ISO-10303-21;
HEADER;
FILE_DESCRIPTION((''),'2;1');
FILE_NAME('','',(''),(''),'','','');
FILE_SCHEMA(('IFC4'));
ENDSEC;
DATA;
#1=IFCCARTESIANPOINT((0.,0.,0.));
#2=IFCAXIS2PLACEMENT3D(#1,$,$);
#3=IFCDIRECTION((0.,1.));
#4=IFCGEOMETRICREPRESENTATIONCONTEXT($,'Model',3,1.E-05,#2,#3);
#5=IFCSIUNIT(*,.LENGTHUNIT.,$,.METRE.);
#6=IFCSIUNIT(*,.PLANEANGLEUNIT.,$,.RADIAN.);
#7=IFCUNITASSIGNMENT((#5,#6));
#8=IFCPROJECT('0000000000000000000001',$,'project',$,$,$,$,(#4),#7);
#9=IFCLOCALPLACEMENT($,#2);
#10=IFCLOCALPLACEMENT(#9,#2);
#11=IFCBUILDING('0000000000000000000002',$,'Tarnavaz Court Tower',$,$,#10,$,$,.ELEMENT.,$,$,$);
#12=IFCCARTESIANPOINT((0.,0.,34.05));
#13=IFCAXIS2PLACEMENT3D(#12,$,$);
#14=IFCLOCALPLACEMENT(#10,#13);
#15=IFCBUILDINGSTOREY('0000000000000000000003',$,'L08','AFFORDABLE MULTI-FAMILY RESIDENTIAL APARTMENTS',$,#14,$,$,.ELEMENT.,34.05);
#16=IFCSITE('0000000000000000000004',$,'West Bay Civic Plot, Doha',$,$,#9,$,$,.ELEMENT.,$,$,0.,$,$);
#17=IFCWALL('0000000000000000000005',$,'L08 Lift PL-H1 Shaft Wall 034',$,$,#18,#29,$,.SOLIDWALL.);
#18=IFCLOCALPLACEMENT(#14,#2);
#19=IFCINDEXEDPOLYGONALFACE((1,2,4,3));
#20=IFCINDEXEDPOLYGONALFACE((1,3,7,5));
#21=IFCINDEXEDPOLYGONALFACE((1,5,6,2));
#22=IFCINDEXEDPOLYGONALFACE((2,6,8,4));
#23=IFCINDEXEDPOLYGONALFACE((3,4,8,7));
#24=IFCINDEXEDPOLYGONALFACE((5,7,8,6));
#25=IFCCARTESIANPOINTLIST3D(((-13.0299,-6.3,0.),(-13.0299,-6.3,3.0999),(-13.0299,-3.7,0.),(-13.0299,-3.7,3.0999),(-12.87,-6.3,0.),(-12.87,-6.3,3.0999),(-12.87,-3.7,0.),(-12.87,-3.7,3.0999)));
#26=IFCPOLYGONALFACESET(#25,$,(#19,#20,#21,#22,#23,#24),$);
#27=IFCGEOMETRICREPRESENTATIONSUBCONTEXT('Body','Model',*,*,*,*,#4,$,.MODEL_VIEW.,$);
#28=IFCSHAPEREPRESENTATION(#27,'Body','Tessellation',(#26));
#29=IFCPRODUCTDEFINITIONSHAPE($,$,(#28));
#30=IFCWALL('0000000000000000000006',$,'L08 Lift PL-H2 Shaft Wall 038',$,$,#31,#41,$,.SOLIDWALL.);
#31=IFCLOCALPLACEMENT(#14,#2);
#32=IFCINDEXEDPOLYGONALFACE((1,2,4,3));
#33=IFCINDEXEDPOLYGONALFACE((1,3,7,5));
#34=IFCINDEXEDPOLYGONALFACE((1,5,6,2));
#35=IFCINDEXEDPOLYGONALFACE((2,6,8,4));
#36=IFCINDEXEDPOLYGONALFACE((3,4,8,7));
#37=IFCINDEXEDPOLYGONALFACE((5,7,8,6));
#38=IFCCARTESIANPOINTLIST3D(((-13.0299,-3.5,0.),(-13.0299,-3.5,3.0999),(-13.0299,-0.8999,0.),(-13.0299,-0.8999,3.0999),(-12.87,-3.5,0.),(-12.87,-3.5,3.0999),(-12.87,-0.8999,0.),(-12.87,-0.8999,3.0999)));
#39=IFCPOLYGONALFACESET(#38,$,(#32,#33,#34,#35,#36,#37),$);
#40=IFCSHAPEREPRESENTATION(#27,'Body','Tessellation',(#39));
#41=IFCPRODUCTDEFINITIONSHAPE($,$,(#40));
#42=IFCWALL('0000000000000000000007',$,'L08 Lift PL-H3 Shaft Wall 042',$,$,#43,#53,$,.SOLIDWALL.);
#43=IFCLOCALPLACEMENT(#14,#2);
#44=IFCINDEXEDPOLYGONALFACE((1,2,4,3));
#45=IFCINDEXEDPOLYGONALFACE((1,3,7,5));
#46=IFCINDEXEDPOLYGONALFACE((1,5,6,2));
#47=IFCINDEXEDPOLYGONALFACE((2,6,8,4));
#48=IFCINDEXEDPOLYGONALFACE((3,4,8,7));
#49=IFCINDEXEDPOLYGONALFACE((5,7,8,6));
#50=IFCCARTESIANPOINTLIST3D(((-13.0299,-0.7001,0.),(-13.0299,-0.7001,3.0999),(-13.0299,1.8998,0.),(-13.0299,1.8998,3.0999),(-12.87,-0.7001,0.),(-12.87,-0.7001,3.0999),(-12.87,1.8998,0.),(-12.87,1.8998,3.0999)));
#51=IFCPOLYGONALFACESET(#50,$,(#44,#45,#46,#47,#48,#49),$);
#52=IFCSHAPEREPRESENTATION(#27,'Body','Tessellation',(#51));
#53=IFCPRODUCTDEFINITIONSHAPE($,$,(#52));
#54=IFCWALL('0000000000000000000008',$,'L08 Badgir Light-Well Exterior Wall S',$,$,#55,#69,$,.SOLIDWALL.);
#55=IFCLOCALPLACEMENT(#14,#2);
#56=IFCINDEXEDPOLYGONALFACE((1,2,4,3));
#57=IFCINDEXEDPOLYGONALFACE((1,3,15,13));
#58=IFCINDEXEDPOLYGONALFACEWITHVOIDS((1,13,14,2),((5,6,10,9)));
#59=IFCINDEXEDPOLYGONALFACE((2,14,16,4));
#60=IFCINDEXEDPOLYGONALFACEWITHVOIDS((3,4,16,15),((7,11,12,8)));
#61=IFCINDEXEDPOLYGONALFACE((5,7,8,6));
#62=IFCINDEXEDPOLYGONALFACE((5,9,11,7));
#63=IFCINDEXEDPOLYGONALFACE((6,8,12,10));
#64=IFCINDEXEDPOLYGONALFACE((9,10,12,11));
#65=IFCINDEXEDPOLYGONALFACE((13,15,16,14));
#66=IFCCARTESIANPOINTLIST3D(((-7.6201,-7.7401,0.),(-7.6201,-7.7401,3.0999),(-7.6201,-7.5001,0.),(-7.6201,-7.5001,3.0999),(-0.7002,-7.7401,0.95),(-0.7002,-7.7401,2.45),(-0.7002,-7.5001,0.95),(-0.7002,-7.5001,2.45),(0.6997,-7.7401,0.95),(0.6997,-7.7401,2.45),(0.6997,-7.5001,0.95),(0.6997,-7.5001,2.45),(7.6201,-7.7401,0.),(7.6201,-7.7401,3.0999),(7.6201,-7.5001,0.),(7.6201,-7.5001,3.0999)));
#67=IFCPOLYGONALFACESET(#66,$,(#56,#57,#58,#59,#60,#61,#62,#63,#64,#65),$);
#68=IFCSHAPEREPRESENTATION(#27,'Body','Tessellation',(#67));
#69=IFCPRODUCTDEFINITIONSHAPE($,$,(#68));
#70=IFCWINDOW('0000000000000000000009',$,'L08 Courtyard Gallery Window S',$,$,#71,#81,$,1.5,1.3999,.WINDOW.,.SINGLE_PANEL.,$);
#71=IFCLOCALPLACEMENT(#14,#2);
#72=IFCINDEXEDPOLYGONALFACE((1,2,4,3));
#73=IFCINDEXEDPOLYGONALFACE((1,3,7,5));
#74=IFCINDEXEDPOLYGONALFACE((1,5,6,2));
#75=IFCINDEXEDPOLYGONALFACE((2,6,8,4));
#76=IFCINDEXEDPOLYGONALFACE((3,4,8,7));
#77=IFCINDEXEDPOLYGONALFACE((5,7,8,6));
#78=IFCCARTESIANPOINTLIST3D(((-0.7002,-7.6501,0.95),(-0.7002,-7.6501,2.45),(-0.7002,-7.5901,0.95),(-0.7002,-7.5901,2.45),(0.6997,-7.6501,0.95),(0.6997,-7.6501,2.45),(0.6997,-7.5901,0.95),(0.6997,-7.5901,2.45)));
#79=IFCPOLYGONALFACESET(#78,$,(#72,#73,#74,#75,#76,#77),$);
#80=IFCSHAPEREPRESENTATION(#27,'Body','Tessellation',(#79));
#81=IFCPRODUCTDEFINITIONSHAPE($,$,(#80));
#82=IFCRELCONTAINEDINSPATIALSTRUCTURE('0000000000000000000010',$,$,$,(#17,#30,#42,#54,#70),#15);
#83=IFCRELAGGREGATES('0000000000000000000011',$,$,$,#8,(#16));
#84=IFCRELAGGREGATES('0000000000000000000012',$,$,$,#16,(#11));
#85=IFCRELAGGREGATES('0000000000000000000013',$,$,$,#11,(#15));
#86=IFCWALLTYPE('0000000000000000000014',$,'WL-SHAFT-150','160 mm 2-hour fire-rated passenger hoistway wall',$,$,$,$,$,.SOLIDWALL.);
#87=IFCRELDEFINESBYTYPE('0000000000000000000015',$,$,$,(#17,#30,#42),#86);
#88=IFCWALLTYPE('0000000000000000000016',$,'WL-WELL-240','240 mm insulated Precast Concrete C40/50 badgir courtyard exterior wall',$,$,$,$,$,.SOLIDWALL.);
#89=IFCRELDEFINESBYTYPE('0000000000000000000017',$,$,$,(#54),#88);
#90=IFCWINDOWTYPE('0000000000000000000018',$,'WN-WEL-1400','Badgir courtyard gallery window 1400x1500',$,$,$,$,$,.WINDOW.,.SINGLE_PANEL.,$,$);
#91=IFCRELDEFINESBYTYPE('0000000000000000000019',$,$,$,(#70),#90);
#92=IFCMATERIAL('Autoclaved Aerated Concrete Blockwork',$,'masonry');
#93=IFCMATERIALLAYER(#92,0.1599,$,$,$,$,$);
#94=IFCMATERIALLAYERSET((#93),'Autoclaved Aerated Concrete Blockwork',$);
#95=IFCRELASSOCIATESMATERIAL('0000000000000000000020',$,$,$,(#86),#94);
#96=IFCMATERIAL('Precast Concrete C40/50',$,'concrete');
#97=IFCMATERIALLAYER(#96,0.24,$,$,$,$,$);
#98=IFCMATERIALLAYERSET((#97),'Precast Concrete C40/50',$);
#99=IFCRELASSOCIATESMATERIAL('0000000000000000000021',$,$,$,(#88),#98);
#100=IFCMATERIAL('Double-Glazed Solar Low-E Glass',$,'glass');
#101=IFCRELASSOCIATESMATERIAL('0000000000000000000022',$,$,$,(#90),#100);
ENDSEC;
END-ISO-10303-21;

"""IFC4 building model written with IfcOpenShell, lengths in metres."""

from ifc_helpers import new_model, si_unit, direction, frame, frame_2d, origin, place, context, subcontext, project, spatial, rectangle, extrude, material, layer, layer_set, type_object, element, fill, save


model = new_model("IFC4")

# Units and contexts
model_context = context("Model", 3, precision=1e-05, world=origin(), true_north=direction((0.0, 1.0)))
body_context = subcontext(model_context, "Body", "Model", "MODEL_VIEW")
ifc_project = project(units=[si_unit("LENGTHUNIT", "METRE"), si_unit("PLANEANGLEUNIT", "RADIAN")], contexts=[model_context])

# Site, building, storey
site_placement = place(None, origin())
site = spatial("IfcSite", under=ifc_project, at=site_placement, Name="West Bay Civic Plot, Doha", CompositionType="ELEMENT", RefElevation=0.0)
building_placement = place(site_placement, origin())
building = spatial("IfcBuilding", under=site, at=building_placement, Name="Tarnavaz Court Tower", CompositionType="ELEMENT")
storey_placement = place(building_placement, frame((0.0, 0.0, 34.05)))
storey = spatial("IfcBuildingStorey", under=building, at=storey_placement, Name="L08", Description="AFFORDABLE MULTI-FAMILY RESIDENTIAL APARTMENTS", CompositionType="ELEMENT", Elevation=34.05)

# Shared definitions
ifc_material_1 = material(Name="Autoclaved Aerated Concrete Blockwork", Category="masonry")
ifc_layer_1 = layer(ifc_material_1, 0.1599)
ifc_layer_set_1 = layer_set([ifc_layer_1], Name="Autoclaved Aerated Concrete Blockwork")
wall_type_1 = type_object("IfcWallType", Name="WL-SHAFT-150", Description="160 mm 2-hour fire-rated passenger hoistway wall", PredefinedType="SOLIDWALL", material=ifc_layer_set_1)

# Walls
for number, where, z_axis, x_axis, name in (
    (1, (-12.95, -6.3, 0.0), (0.0, 0.0, 1.0), (0.0, 1.0, 0.0), "L08 Lift PL-H1 Shaft Wall 034"),
    (2, (-12.95, -3.5, 0.0), (0.0, 0.0, 1.0), (0.0, 1.0, 0.0), "L08 Lift PL-H2 Shaft Wall 038"),
):
    element("IfcWall", number, at=place(storey_placement, frame(where, z_axis=z_axis, x_axis=x_axis)), inside=storey, type_object=wall_type_1, Name=name, PredefinedType="SOLIDWALL", context=body_context, shape_type="SweptSolid", body=[
        extrude(rectangle(XDim=2.6001, YDim=0.1599, at=frame_2d((1.3, 0.0))), origin(), (0.0, 0.0, 1.0), 3.0999),
    ])
wall_1_placement = place(storey_placement, frame((-12.95, -0.7, 0.0), z_axis=(0.0, 0.0, 1.0), x_axis=(0.0, 1.0, 0.0)))
element("IfcWall", 3, at=wall_1_placement, inside=storey, type_object=wall_type_1, Name="L08 Lift PL-H3 Shaft Wall 042", PredefinedType="SOLIDWALL", context=body_context, shape_type="SweptSolid", body=[
    extrude(rectangle(XDim=2.5999, YDim=0.1599, at=frame_2d((1.2998, 0.0))), origin(), (0.0, 0.0, 1.0), 3.0999),
])

# Wall, opening, window
ifc_material_2 = material(Name="Precast Concrete C40/50", Category="concrete")
ifc_layer_2 = layer(ifc_material_2, 0.24)
ifc_layer_set_2 = layer_set([ifc_layer_2], Name="Precast Concrete C40/50")
wall_type_2 = type_object("IfcWallType", Name="WL-WELL-240", Description="240 mm insulated Precast Concrete C40/50 badgir courtyard exterior wall", PredefinedType="SOLIDWALL", material=ifc_layer_set_2)
wall_2_placement = place(storey_placement, frame((-7.6201, -7.6201, 0.0), z_axis=(0.0, 0.0, 1.0), x_axis=(1.0, 0.0, 0.0)))
wall_2 = element("IfcWall", 4, at=wall_2_placement, inside=storey, type_object=wall_type_2, Name="L08 Badgir Light-Well Exterior Wall S", PredefinedType="SOLIDWALL", context=body_context, shape_type="SweptSolid", body=[
    extrude(rectangle(XDim=15.2402, YDim=0.24, at=frame_2d((7.6201, 0.0))), origin(), (0.0, 0.0, 1.0), 3.0999),
])
opening_1_placement = place(wall_2_placement, frame((6.9199, 0.0, 0.95)))
opening_1 = element("IfcOpeningElement", 5, at=opening_1_placement, cuts=wall_2, PredefinedType="OPENING", context=body_context, shape_type="SweptSolid", body=[
    extrude(rectangle(XDim=1.3999, YDim=1.5, at=frame_2d((0.7, 0.75))), frame((0.0, 0.1299, 0.0), z_axis=(0.0, -1.0, 0.0), x_axis=(1.0, 0.0, 0.0)), (0.0, 0.0, 1.0), 0.26),
])
ifc_material_3 = material(Name="Double-Glazed Solar Low-E Glass", Category="glass")
window_type = type_object("IfcWindowType", Name="WN-WEL-1400", Description="Badgir courtyard gallery window 1400x1500", PartitioningType="SINGLE_PANEL", PredefinedType="WINDOW", material=ifc_material_3)
window_placement = place(opening_1_placement, origin())
window = element("IfcWindow", 6, at=window_placement, inside=storey, type_object=window_type, Name="L08 Courtyard Gallery Window S", OverallHeight=1.5, OverallWidth=1.3999, PartitioningType="SINGLE_PANEL", PredefinedType="WINDOW", context=body_context, shape_type="SweptSolid", body=[
    extrude(rectangle(XDim=1.3999, YDim=1.5, at=frame_2d((0.7, 0.75))), frame((0.0, 0.03, 0.0), z_axis=(0.0, -1.0, 0.0), x_axis=(1.0, 0.0, 0.0)), (0.0, 0.0, 1.0), 0.0601),
])
fill(opening_1, window)

save(model, "model.ifc")
